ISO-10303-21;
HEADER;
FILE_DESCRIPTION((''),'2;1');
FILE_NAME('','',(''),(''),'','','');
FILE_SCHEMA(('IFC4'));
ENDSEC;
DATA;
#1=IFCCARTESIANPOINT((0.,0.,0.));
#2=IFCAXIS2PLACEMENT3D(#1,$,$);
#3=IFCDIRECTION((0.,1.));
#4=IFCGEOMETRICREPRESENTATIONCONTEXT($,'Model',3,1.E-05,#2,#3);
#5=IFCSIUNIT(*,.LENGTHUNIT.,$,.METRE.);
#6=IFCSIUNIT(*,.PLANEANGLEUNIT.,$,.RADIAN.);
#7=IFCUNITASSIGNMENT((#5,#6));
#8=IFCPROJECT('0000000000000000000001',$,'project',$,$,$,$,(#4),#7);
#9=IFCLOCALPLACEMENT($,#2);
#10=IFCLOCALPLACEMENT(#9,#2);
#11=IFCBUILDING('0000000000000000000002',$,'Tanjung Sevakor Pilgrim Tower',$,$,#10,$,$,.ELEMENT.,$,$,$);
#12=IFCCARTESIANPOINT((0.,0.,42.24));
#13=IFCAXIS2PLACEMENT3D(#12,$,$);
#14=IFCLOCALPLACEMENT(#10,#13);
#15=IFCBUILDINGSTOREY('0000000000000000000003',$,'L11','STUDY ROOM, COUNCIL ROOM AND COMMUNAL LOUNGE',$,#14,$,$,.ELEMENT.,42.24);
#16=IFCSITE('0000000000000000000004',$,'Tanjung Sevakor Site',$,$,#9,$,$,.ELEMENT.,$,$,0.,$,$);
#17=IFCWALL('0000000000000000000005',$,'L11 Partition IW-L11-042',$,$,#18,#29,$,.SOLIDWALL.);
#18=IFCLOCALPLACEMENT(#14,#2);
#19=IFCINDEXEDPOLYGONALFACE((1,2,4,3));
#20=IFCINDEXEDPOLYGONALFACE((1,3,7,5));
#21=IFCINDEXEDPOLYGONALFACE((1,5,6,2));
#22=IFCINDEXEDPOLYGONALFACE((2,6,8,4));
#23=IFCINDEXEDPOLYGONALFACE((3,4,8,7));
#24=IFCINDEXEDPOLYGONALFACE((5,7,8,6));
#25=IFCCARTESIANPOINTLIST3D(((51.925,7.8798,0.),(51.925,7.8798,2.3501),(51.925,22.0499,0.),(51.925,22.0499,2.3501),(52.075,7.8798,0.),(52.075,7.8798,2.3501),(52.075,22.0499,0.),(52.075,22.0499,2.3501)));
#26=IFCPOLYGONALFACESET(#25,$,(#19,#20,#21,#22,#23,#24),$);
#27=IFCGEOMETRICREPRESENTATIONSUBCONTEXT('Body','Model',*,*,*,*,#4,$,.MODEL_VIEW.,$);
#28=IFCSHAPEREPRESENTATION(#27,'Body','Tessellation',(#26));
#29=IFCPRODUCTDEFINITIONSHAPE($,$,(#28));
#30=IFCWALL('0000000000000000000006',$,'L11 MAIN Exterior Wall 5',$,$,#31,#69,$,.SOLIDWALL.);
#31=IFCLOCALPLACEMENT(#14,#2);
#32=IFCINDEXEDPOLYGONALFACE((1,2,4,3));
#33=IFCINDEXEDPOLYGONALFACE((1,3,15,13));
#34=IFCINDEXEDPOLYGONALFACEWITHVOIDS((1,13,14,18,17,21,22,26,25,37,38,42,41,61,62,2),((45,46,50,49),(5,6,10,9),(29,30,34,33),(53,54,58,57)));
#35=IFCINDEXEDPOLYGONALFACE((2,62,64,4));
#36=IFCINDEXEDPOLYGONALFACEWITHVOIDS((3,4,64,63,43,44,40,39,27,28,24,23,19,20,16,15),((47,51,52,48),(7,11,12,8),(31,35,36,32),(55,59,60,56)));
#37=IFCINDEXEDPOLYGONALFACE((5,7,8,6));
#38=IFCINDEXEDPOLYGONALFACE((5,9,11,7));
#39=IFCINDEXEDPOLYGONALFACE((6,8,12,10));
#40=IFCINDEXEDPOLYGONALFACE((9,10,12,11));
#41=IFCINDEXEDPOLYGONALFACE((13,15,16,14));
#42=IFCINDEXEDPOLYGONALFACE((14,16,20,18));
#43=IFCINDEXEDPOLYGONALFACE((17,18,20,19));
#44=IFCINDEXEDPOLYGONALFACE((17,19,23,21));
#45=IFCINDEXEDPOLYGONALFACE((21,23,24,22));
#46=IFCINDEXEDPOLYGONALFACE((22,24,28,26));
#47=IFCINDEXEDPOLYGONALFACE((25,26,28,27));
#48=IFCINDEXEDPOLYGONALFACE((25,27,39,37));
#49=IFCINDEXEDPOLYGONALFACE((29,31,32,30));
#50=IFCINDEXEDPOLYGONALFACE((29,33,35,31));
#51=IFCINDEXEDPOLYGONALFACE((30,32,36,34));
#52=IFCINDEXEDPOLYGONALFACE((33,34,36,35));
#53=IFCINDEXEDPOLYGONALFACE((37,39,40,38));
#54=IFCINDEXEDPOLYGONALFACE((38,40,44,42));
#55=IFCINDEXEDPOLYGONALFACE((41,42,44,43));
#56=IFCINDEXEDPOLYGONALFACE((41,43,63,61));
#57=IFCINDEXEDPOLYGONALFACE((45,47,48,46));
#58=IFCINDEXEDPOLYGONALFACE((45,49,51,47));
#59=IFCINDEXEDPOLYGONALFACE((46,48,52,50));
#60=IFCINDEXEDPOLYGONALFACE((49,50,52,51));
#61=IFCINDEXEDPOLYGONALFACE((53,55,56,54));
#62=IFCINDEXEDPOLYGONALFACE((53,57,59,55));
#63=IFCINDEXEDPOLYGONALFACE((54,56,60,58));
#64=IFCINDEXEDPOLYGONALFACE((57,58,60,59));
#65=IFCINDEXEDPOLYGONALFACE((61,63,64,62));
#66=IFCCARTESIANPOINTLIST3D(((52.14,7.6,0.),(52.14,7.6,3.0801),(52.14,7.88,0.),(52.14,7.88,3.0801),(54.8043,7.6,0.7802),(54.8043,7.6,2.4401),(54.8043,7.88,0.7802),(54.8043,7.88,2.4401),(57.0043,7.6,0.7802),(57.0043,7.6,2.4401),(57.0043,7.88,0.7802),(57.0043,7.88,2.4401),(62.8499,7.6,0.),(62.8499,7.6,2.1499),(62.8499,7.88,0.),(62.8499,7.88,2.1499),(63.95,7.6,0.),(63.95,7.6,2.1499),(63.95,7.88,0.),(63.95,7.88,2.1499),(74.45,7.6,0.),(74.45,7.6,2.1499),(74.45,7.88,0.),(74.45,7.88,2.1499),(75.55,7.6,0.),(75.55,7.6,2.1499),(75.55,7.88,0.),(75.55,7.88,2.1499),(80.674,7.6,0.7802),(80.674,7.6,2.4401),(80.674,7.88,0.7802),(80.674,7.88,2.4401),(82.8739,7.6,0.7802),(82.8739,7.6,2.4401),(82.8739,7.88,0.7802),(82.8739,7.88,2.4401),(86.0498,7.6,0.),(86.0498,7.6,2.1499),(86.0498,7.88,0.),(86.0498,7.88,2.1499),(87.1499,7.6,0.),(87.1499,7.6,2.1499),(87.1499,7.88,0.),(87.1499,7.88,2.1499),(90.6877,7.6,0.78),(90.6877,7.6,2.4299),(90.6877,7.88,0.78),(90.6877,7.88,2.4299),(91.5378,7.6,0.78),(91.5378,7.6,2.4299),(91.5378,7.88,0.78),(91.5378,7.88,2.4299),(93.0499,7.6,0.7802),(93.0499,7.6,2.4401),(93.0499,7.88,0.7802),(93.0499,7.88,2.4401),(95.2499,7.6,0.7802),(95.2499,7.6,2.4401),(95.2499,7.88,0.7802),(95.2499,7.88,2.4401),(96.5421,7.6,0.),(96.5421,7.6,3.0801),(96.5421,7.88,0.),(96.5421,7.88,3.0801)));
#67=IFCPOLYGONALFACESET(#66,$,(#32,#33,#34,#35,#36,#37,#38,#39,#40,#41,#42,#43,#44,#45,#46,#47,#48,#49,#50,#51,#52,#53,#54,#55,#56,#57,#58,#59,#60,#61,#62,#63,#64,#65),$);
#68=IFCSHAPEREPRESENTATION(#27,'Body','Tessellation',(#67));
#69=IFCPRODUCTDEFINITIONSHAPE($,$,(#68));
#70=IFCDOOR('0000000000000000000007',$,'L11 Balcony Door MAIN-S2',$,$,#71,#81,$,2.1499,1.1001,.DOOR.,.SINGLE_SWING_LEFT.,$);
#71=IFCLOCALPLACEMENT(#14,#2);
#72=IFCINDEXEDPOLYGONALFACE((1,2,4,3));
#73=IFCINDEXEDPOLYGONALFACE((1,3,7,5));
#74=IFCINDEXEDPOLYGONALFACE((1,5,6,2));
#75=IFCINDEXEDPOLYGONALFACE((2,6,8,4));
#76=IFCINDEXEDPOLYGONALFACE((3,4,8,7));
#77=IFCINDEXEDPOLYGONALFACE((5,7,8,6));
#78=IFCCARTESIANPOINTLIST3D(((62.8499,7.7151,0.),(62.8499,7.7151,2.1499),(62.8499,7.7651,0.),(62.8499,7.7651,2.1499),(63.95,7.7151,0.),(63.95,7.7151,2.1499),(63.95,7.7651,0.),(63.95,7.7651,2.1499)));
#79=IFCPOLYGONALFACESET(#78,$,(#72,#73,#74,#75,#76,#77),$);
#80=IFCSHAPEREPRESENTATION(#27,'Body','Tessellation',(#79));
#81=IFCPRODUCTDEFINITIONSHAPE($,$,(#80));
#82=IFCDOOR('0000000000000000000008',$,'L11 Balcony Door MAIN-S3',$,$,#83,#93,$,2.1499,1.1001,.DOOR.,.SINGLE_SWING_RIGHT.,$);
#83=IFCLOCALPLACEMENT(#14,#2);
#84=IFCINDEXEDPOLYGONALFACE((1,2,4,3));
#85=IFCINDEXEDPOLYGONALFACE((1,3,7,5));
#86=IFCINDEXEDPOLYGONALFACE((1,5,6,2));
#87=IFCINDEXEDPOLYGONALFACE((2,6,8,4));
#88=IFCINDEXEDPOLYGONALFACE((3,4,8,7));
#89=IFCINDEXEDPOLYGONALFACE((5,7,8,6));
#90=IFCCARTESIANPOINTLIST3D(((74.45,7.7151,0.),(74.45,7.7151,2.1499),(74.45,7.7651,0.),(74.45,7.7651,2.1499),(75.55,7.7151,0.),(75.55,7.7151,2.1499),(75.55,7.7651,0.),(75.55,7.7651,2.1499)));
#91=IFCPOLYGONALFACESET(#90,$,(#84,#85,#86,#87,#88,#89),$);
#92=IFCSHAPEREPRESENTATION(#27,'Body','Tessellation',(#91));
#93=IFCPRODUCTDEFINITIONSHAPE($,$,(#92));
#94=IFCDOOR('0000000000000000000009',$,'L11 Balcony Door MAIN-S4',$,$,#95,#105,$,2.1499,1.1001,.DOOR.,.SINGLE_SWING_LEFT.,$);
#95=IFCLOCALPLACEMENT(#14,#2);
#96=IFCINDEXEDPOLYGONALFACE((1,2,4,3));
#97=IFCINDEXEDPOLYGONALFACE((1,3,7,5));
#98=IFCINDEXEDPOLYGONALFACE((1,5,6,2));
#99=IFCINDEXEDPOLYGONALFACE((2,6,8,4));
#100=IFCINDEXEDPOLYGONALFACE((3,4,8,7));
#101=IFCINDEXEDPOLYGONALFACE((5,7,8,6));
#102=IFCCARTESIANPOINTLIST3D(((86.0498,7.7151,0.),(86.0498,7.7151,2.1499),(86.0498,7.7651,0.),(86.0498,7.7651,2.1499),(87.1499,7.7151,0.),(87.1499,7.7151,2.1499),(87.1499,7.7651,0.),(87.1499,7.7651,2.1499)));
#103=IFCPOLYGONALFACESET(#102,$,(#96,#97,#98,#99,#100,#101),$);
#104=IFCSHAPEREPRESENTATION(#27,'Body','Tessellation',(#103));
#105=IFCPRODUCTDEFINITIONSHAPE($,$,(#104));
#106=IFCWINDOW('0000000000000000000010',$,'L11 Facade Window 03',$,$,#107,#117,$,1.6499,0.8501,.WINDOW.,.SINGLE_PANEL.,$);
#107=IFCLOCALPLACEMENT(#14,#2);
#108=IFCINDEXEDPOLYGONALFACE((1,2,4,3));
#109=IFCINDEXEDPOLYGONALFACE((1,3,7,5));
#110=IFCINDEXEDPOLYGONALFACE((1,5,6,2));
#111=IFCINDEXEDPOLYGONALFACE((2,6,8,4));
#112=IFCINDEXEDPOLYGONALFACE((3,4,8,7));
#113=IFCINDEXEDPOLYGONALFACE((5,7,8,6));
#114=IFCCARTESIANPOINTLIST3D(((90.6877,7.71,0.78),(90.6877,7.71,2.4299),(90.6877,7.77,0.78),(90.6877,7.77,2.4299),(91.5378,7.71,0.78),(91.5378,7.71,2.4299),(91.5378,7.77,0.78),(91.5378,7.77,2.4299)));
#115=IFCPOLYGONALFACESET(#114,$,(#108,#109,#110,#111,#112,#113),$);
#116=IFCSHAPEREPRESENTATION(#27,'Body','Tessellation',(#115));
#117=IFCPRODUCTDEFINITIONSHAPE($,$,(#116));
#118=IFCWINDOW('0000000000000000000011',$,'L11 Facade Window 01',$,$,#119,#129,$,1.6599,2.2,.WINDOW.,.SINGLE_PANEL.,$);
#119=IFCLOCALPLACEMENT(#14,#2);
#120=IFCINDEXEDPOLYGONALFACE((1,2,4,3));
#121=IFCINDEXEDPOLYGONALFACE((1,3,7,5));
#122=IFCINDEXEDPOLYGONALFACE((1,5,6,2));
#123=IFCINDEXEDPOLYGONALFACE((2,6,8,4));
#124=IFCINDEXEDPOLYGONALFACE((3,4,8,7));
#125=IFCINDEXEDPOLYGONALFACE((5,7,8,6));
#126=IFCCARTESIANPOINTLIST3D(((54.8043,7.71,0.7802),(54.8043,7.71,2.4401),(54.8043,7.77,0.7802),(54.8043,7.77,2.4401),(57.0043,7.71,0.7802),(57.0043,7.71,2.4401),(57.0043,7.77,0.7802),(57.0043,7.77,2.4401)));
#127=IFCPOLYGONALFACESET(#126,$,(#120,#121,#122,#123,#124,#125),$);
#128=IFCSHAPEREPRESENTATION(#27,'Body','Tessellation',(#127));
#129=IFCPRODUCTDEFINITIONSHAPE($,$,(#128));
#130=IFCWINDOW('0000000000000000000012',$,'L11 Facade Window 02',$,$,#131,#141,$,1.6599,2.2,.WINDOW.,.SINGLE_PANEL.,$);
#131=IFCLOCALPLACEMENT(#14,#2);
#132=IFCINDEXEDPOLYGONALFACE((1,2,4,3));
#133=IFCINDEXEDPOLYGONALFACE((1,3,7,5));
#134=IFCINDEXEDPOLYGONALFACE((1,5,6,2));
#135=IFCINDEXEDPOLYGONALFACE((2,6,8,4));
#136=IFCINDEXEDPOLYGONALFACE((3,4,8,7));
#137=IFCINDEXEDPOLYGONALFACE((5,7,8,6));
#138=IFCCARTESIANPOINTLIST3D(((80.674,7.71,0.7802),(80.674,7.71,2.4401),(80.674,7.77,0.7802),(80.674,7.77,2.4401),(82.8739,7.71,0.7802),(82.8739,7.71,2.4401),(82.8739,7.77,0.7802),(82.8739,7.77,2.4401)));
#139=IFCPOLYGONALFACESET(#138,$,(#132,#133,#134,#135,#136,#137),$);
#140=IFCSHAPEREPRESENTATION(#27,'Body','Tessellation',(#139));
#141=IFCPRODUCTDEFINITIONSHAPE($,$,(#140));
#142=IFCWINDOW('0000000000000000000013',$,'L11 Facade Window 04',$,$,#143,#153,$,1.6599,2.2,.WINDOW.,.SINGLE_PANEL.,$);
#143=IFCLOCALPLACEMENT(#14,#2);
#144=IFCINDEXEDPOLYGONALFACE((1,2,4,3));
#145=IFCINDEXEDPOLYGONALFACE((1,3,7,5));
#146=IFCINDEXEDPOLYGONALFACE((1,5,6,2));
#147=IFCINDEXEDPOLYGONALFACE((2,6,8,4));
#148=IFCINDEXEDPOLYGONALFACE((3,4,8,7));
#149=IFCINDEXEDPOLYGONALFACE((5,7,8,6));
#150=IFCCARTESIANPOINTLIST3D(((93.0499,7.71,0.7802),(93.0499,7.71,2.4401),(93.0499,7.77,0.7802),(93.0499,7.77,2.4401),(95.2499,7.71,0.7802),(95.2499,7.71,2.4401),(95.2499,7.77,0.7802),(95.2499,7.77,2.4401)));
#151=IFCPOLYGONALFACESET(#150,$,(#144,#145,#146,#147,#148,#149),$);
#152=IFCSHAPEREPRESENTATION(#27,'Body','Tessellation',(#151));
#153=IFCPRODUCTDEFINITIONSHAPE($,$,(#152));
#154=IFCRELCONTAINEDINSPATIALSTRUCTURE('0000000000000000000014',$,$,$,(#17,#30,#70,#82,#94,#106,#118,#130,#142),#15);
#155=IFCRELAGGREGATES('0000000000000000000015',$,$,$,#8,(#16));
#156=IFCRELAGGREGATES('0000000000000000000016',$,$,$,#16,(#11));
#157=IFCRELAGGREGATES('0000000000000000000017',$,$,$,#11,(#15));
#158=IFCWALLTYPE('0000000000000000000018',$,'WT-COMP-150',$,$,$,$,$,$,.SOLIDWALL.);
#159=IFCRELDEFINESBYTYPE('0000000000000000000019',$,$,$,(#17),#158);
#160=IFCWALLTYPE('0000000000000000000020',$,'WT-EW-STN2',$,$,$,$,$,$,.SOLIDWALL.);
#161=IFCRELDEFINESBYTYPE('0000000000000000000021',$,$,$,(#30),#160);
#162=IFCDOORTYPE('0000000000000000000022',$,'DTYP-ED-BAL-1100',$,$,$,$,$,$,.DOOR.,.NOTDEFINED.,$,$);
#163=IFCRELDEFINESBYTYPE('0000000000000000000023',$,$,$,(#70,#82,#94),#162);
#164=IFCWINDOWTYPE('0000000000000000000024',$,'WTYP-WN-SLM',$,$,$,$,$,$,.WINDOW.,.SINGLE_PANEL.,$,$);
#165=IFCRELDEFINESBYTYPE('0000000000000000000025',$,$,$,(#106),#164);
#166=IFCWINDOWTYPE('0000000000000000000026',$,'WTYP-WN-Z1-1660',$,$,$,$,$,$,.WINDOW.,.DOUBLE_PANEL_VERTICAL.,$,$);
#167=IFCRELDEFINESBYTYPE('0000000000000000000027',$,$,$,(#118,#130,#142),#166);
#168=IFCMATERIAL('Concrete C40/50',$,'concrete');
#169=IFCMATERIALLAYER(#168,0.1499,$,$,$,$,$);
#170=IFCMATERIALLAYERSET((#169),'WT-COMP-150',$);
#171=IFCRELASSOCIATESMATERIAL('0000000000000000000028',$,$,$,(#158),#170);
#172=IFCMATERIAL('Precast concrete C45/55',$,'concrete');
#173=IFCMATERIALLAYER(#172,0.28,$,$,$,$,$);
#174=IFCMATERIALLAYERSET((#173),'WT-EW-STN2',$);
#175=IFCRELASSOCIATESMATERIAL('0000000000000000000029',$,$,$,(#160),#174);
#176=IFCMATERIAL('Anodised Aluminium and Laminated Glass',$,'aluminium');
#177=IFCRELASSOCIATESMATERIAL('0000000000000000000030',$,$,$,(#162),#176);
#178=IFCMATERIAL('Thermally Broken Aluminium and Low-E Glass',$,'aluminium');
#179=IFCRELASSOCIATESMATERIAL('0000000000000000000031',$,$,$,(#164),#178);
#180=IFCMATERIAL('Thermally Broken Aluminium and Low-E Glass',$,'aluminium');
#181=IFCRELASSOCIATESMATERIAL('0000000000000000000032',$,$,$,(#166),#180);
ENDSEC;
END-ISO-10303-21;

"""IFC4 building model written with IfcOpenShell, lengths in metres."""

from ifc_helpers import new_model, si_unit, direction, frame, frame_2d, origin, place, context, subcontext, project, spatial, rectangle, extrude, material, layer, layer_set, type_object, element, fill, save


model = new_model("IFC4")

# Units and contexts
model_context = context("Model", 3, precision=1e-05, world=origin(), true_north=direction((0.0, 1.0)))
body_context = subcontext(model_context, "Body", "Model", "MODEL_VIEW")
ifc_project = project(units=[si_unit("LENGTHUNIT", "METRE"), si_unit("PLANEANGLEUNIT", "RADIAN")], contexts=[model_context])

# Site, building, storey
site_placement = place(None, origin())
site = spatial("IfcSite", under=ifc_project, at=site_placement, Name="Tanjung Sevakor Site", CompositionType="ELEMENT", RefElevation=0.0)
building_placement = place(site_placement, origin())
building = spatial("IfcBuilding", under=site, at=building_placement, Name="Tanjung Sevakor Pilgrim Tower", CompositionType="ELEMENT")
storey_placement = place(building_placement, frame((0.0, 0.0, 42.24)))
storey = spatial("IfcBuildingStorey", under=building, at=storey_placement, Name="L11", Description="STUDY ROOM, COUNCIL ROOM AND COMMUNAL LOUNGE", CompositionType="ELEMENT", Elevation=42.24)

# Wall
ifc_material_1 = material(Name="Concrete C40/50", Category="concrete")
ifc_layer_1 = layer(ifc_material_1, 0.1499)
ifc_layer_set_1 = layer_set([ifc_layer_1], Name="WT-COMP-150")
wall_type_1 = type_object("IfcWallType", Name="WT-COMP-150", PredefinedType="SOLIDWALL", material=ifc_layer_set_1)
for number, where, z_axis, x_axis, name in (
    (1, (52.0, 7.8799, 0.0), (0.0, 0.0, 1.0), (0.0, 1.0, 0.0), "L11 Partition IW-L11-042"),
):
    element("IfcWall", number, at=place(storey_placement, frame(where, z_axis=z_axis, x_axis=x_axis)), inside=storey, type_object=wall_type_1, Name=name, PredefinedType="SOLIDWALL", context=body_context, shape_type="SweptSolid", body=[
        extrude(rectangle(XDim=14.1702, YDim=0.1499, at=frame_2d((7.085, 0.0))), origin(), (0.0, 0.0, 1.0), 2.3501),
    ])

# Wall, openings, doors, windows
ifc_material_2 = material(Name="Precast concrete C45/55", Category="concrete")
ifc_layer_2 = layer(ifc_material_2, 0.28)
ifc_layer_set_2 = layer_set([ifc_layer_2], Name="WT-EW-STN2")
wall_type_2 = type_object("IfcWallType", Name="WT-EW-STN2", PredefinedType="SOLIDWALL", material=ifc_layer_set_2)
wall_placement = place(storey_placement, frame((52.1399, 7.74, 0.0), z_axis=(0.0, 0.0, 1.0), x_axis=(1.0, 0.0, 0.0)))
wall = element("IfcWall", 2, at=wall_placement, inside=storey, type_object=wall_type_2, Name="L11 MAIN Exterior Wall 5", PredefinedType="SOLIDWALL", context=body_context, shape_type="SweptSolid", body=[
    extrude(rectangle(XDim=44.4021, YDim=0.28, at=frame_2d((22.2012, 0.0))), origin(), (0.0, 0.0, 1.0), 3.0801),
])
opening_1_placement = place(wall_placement, frame((10.71, 0.0, 0.0)))
opening_1 = element("IfcOpeningElement", 3, at=opening_1_placement, cuts=wall, PredefinedType="OPENING", context=body_context, shape_type="SweptSolid", body=[
    extrude(rectangle(XDim=1.1001, YDim=2.1499, at=frame_2d((0.55, 1.075))), frame((0.0, 0.1499, 0.0), z_axis=(0.0, -1.0, 0.0), x_axis=(1.0, 0.0, 0.0)), (0.0, 0.0, 1.0), 0.3),
])
opening_2_placement = place(wall_placement, frame((22.3101, 0.0, 0.0)))
opening_2 = element("IfcOpeningElement", 4, at=opening_2_placement, cuts=wall, PredefinedType="OPENING", context=body_context, shape_type="SweptSolid", body=[
    extrude(rectangle(XDim=1.1001, YDim=2.1499, at=frame_2d((0.55, 1.075))), frame((0.0, 0.1499, 0.0), z_axis=(0.0, -1.0, 0.0), x_axis=(1.0, 0.0, 0.0)), (0.0, 0.0, 1.0), 0.3),
])
opening_3_placement = place(wall_placement, frame((33.9099, 0.0, 0.0)))
opening_3 = element("IfcOpeningElement", 5, at=opening_3_placement, cuts=wall, PredefinedType="OPENING", context=body_context, shape_type="SweptSolid", body=[
    extrude(rectangle(XDim=1.1001, YDim=2.1499, at=frame_2d((0.55, 1.075))), frame((0.0, 0.1499, 0.0), z_axis=(0.0, -1.0, 0.0), x_axis=(1.0, 0.0, 0.0)), (0.0, 0.0, 1.0), 0.3),
])
opening_4_placement = place(wall_placement, frame((2.6643, 0.0, 0.78)))
opening_4 = element("IfcOpeningElement", 6, at=opening_4_placement, cuts=wall, PredefinedType="OPENING", context=body_context, shape_type="SweptSolid", body=[
    extrude(rectangle(XDim=2.2, YDim=1.6599, at=frame_2d((1.1001, 0.8301))), frame((0.0, 0.1499, 0.0), z_axis=(0.0, -1.0, 0.0), x_axis=(1.0, 0.0, 0.0)), (0.0, 0.0, 1.0), 0.3),
])
opening_5_placement = place(wall_placement, frame((28.5339, 0.0, 0.78)))
opening_5 = element("IfcOpeningElement", 7, at=opening_5_placement, cuts=wall, PredefinedType="OPENING", context=body_context, shape_type="SweptSolid", body=[
    extrude(rectangle(XDim=2.2, YDim=1.6599, at=frame_2d((1.1001, 0.8301))), frame((0.0, 0.1499, 0.0), z_axis=(0.0, -1.0, 0.0), x_axis=(1.0, 0.0, 0.0)), (0.0, 0.0, 1.0), 0.3),
])
opening_6_placement = place(wall_placement, frame((38.5479, 0.0, 0.78)))
opening_6 = element("IfcOpeningElement", 8, at=opening_6_placement, cuts=wall, PredefinedType="OPENING", context=body_context, shape_type="SweptSolid", body=[
    extrude(rectangle(XDim=0.8501, YDim=1.6499, at=frame_2d((0.425, 0.825))), frame((0.0, 0.1499, 0.0), z_axis=(0.0, -1.0, 0.0), x_axis=(1.0, 0.0, 0.0)), (0.0, 0.0, 1.0), 0.3),
])
opening_7_placement = place(wall_placement, frame((40.9099, 0.0, 0.78)))
opening_7 = element("IfcOpeningElement", 9, at=opening_7_placement, cuts=wall, PredefinedType="OPENING", context=body_context, shape_type="SweptSolid", body=[
    extrude(rectangle(XDim=2.2, YDim=1.6599, at=frame_2d((1.1001, 0.8301))), frame((0.0, 0.1499, 0.0), z_axis=(0.0, -1.0, 0.0), x_axis=(1.0, 0.0, 0.0)), (0.0, 0.0, 1.0), 0.3),
])
ifc_material_3 = material(Name="Anodised Aluminium and Laminated Glass", Category="aluminium")
door_type = type_object("IfcDoorType", Name="DTYP-ED-BAL-1100", OperationType="NOTDEFINED", PredefinedType="DOOR", material=ifc_material_3)
door_1_placement = place(opening_1_placement, frame((1.1001, 0.0, 0.0), z_axis=(0.0, 0.0, 1.0), x_axis=(-1.0, 0.0, 0.0)))
door_1 = element("IfcDoor", 10, at=door_1_placement, inside=storey, type_object=door_type, Name="L11 Balcony Door MAIN-S2", OperationType="SINGLE_SWING_LEFT", OverallHeight=2.1499, OverallWidth=1.1001, PredefinedType="DOOR", context=body_context, shape_type="SweptSolid", body=[
    extrude(rectangle(XDim=1.1001, YDim=2.1499, at=frame_2d((0.55, 1.075))), frame((0.0, 0.0249, 0.0), z_axis=(0.0, -1.0, 0.0), x_axis=(1.0, 0.0, 0.0)), (0.0, 0.0, 1.0), 0.05),
])
fill(opening_1, door_1)
door_2_placement = place(opening_2_placement, frame((1.1001, 0.0, 0.0), z_axis=(0.0, 0.0, 1.0), x_axis=(-1.0, 0.0, 0.0)))
door_2 = element("IfcDoor", 11, at=door_2_placement, inside=storey, type_object=door_type, Name="L11 Balcony Door MAIN-S3", OperationType="SINGLE_SWING_RIGHT", OverallHeight=2.1499, OverallWidth=1.1001, PredefinedType="DOOR", context=body_context, shape_type="SweptSolid", body=[
    extrude(rectangle(XDim=1.1001, YDim=2.1499, at=frame_2d((0.55, 1.075))), frame((0.0, 0.0249, 0.0), z_axis=(0.0, -1.0, 0.0), x_axis=(1.0, 0.0, 0.0)), (0.0, 0.0, 1.0), 0.05),
])
fill(opening_2, door_2)
door_3_placement = place(opening_3_placement, frame((1.1001, 0.0, 0.0), z_axis=(0.0, 0.0, 1.0), x_axis=(-1.0, 0.0, 0.0)))
door_3 = element("IfcDoor", 12, at=door_3_placement, inside=storey, type_object=door_type, Name="L11 Balcony Door MAIN-S4", OperationType="SINGLE_SWING_LEFT", OverallHeight=2.1499, OverallWidth=1.1001, PredefinedType="DOOR", context=body_context, shape_type="SweptSolid", body=[
    extrude(rectangle(XDim=1.1001, YDim=2.1499, at=frame_2d((0.55, 1.075))), frame((0.0, 0.0249, 0.0), z_axis=(0.0, -1.0, 0.0), x_axis=(1.0, 0.0, 0.0)), (0.0, 0.0, 1.0), 0.05),
])
fill(opening_3, door_3)
ifc_material_4 = material(Name="Thermally Broken Aluminium and Low-E Glass", Category="aluminium")
window_type_1 = type_object("IfcWindowType", Name="WTYP-WN-SLM", PartitioningType="SINGLE_PANEL", PredefinedType="WINDOW", material=ifc_material_4)
window_1_placement = place(opening_6_placement, origin())
window_1 = element("IfcWindow", 13, at=window_1_placement, inside=storey, type_object=window_type_1, Name="L11 Facade Window 03", OverallHeight=1.6499, OverallWidth=0.8501, PartitioningType="SINGLE_PANEL", PredefinedType="WINDOW", context=body_context, shape_type="SweptSolid", body=[
    extrude(rectangle(XDim=0.8501, YDim=1.6499, at=frame_2d((0.425, 0.825))), frame((0.0, 0.03, 0.0), z_axis=(0.0, -1.0, 0.0), x_axis=(1.0, 0.0, 0.0)), (0.0, 0.0, 1.0), 0.0601),
])
fill(opening_6, window_1)
ifc_material_5 = material(Name="Thermally Broken Aluminium and Low-E Glass", Category="aluminium")
window_type_2 = type_object("IfcWindowType", Name="WTYP-WN-Z1-1660", PartitioningType="DOUBLE_PANEL_VERTICAL", PredefinedType="WINDOW", material=ifc_material_5)
window_2_placement = place(opening_4_placement, origin())
window_2 = element("IfcWindow", 14, at=window_2_placement, inside=storey, type_object=window_type_2, Name="L11 Facade Window 01", OverallHeight=1.6599, OverallWidth=2.2, PartitioningType="SINGLE_PANEL", PredefinedType="WINDOW", context=body_context, shape_type="SweptSolid", body=[
    extrude(rectangle(XDim=2.2, YDim=1.6599, at=frame_2d((1.1001, 0.8301))), frame((0.0, 0.03, 0.0), z_axis=(0.0, -1.0, 0.0), x_axis=(1.0, 0.0, 0.0)), (0.0, 0.0, 1.0), 0.0601),
])
fill(opening_4, window_2)
window_3_placement = place(opening_5_placement, origin())
window_3 = element("IfcWindow", 15, at=window_3_placement, inside=storey, type_object=window_type_2, Name="L11 Facade Window 02", OverallHeight=1.6599, OverallWidth=2.2, PartitioningType="SINGLE_PANEL", PredefinedType="WINDOW", context=body_context, shape_type="SweptSolid", body=[
    extrude(rectangle(XDim=2.2, YDim=1.6599, at=frame_2d((1.1001, 0.8301))), frame((0.0, 0.03, 0.0), z_axis=(0.0, -1.0, 0.0), x_axis=(1.0, 0.0, 0.0)), (0.0, 0.0, 1.0), 0.0601),
])
fill(opening_5, window_3)
window_4_placement = place(opening_7_placement, origin())
window_4 = element("IfcWindow", 16, at=window_4_placement, inside=storey, type_object=window_type_2, Name="L11 Facade Window 04", OverallHeight=1.6599, OverallWidth=2.2, PartitioningType="SINGLE_PANEL", PredefinedType="WINDOW", context=body_context, shape_type="SweptSolid", body=[
    extrude(rectangle(XDim=2.2, YDim=1.6599, at=frame_2d((1.1001, 0.8301))), frame((0.0, 0.03, 0.0), z_axis=(0.0, -1.0, 0.0), x_axis=(1.0, 0.0, 0.0)), (0.0, 0.0, 1.0), 0.0601),
])
fill(opening_7, window_4)

save(model, "model.ifc")
